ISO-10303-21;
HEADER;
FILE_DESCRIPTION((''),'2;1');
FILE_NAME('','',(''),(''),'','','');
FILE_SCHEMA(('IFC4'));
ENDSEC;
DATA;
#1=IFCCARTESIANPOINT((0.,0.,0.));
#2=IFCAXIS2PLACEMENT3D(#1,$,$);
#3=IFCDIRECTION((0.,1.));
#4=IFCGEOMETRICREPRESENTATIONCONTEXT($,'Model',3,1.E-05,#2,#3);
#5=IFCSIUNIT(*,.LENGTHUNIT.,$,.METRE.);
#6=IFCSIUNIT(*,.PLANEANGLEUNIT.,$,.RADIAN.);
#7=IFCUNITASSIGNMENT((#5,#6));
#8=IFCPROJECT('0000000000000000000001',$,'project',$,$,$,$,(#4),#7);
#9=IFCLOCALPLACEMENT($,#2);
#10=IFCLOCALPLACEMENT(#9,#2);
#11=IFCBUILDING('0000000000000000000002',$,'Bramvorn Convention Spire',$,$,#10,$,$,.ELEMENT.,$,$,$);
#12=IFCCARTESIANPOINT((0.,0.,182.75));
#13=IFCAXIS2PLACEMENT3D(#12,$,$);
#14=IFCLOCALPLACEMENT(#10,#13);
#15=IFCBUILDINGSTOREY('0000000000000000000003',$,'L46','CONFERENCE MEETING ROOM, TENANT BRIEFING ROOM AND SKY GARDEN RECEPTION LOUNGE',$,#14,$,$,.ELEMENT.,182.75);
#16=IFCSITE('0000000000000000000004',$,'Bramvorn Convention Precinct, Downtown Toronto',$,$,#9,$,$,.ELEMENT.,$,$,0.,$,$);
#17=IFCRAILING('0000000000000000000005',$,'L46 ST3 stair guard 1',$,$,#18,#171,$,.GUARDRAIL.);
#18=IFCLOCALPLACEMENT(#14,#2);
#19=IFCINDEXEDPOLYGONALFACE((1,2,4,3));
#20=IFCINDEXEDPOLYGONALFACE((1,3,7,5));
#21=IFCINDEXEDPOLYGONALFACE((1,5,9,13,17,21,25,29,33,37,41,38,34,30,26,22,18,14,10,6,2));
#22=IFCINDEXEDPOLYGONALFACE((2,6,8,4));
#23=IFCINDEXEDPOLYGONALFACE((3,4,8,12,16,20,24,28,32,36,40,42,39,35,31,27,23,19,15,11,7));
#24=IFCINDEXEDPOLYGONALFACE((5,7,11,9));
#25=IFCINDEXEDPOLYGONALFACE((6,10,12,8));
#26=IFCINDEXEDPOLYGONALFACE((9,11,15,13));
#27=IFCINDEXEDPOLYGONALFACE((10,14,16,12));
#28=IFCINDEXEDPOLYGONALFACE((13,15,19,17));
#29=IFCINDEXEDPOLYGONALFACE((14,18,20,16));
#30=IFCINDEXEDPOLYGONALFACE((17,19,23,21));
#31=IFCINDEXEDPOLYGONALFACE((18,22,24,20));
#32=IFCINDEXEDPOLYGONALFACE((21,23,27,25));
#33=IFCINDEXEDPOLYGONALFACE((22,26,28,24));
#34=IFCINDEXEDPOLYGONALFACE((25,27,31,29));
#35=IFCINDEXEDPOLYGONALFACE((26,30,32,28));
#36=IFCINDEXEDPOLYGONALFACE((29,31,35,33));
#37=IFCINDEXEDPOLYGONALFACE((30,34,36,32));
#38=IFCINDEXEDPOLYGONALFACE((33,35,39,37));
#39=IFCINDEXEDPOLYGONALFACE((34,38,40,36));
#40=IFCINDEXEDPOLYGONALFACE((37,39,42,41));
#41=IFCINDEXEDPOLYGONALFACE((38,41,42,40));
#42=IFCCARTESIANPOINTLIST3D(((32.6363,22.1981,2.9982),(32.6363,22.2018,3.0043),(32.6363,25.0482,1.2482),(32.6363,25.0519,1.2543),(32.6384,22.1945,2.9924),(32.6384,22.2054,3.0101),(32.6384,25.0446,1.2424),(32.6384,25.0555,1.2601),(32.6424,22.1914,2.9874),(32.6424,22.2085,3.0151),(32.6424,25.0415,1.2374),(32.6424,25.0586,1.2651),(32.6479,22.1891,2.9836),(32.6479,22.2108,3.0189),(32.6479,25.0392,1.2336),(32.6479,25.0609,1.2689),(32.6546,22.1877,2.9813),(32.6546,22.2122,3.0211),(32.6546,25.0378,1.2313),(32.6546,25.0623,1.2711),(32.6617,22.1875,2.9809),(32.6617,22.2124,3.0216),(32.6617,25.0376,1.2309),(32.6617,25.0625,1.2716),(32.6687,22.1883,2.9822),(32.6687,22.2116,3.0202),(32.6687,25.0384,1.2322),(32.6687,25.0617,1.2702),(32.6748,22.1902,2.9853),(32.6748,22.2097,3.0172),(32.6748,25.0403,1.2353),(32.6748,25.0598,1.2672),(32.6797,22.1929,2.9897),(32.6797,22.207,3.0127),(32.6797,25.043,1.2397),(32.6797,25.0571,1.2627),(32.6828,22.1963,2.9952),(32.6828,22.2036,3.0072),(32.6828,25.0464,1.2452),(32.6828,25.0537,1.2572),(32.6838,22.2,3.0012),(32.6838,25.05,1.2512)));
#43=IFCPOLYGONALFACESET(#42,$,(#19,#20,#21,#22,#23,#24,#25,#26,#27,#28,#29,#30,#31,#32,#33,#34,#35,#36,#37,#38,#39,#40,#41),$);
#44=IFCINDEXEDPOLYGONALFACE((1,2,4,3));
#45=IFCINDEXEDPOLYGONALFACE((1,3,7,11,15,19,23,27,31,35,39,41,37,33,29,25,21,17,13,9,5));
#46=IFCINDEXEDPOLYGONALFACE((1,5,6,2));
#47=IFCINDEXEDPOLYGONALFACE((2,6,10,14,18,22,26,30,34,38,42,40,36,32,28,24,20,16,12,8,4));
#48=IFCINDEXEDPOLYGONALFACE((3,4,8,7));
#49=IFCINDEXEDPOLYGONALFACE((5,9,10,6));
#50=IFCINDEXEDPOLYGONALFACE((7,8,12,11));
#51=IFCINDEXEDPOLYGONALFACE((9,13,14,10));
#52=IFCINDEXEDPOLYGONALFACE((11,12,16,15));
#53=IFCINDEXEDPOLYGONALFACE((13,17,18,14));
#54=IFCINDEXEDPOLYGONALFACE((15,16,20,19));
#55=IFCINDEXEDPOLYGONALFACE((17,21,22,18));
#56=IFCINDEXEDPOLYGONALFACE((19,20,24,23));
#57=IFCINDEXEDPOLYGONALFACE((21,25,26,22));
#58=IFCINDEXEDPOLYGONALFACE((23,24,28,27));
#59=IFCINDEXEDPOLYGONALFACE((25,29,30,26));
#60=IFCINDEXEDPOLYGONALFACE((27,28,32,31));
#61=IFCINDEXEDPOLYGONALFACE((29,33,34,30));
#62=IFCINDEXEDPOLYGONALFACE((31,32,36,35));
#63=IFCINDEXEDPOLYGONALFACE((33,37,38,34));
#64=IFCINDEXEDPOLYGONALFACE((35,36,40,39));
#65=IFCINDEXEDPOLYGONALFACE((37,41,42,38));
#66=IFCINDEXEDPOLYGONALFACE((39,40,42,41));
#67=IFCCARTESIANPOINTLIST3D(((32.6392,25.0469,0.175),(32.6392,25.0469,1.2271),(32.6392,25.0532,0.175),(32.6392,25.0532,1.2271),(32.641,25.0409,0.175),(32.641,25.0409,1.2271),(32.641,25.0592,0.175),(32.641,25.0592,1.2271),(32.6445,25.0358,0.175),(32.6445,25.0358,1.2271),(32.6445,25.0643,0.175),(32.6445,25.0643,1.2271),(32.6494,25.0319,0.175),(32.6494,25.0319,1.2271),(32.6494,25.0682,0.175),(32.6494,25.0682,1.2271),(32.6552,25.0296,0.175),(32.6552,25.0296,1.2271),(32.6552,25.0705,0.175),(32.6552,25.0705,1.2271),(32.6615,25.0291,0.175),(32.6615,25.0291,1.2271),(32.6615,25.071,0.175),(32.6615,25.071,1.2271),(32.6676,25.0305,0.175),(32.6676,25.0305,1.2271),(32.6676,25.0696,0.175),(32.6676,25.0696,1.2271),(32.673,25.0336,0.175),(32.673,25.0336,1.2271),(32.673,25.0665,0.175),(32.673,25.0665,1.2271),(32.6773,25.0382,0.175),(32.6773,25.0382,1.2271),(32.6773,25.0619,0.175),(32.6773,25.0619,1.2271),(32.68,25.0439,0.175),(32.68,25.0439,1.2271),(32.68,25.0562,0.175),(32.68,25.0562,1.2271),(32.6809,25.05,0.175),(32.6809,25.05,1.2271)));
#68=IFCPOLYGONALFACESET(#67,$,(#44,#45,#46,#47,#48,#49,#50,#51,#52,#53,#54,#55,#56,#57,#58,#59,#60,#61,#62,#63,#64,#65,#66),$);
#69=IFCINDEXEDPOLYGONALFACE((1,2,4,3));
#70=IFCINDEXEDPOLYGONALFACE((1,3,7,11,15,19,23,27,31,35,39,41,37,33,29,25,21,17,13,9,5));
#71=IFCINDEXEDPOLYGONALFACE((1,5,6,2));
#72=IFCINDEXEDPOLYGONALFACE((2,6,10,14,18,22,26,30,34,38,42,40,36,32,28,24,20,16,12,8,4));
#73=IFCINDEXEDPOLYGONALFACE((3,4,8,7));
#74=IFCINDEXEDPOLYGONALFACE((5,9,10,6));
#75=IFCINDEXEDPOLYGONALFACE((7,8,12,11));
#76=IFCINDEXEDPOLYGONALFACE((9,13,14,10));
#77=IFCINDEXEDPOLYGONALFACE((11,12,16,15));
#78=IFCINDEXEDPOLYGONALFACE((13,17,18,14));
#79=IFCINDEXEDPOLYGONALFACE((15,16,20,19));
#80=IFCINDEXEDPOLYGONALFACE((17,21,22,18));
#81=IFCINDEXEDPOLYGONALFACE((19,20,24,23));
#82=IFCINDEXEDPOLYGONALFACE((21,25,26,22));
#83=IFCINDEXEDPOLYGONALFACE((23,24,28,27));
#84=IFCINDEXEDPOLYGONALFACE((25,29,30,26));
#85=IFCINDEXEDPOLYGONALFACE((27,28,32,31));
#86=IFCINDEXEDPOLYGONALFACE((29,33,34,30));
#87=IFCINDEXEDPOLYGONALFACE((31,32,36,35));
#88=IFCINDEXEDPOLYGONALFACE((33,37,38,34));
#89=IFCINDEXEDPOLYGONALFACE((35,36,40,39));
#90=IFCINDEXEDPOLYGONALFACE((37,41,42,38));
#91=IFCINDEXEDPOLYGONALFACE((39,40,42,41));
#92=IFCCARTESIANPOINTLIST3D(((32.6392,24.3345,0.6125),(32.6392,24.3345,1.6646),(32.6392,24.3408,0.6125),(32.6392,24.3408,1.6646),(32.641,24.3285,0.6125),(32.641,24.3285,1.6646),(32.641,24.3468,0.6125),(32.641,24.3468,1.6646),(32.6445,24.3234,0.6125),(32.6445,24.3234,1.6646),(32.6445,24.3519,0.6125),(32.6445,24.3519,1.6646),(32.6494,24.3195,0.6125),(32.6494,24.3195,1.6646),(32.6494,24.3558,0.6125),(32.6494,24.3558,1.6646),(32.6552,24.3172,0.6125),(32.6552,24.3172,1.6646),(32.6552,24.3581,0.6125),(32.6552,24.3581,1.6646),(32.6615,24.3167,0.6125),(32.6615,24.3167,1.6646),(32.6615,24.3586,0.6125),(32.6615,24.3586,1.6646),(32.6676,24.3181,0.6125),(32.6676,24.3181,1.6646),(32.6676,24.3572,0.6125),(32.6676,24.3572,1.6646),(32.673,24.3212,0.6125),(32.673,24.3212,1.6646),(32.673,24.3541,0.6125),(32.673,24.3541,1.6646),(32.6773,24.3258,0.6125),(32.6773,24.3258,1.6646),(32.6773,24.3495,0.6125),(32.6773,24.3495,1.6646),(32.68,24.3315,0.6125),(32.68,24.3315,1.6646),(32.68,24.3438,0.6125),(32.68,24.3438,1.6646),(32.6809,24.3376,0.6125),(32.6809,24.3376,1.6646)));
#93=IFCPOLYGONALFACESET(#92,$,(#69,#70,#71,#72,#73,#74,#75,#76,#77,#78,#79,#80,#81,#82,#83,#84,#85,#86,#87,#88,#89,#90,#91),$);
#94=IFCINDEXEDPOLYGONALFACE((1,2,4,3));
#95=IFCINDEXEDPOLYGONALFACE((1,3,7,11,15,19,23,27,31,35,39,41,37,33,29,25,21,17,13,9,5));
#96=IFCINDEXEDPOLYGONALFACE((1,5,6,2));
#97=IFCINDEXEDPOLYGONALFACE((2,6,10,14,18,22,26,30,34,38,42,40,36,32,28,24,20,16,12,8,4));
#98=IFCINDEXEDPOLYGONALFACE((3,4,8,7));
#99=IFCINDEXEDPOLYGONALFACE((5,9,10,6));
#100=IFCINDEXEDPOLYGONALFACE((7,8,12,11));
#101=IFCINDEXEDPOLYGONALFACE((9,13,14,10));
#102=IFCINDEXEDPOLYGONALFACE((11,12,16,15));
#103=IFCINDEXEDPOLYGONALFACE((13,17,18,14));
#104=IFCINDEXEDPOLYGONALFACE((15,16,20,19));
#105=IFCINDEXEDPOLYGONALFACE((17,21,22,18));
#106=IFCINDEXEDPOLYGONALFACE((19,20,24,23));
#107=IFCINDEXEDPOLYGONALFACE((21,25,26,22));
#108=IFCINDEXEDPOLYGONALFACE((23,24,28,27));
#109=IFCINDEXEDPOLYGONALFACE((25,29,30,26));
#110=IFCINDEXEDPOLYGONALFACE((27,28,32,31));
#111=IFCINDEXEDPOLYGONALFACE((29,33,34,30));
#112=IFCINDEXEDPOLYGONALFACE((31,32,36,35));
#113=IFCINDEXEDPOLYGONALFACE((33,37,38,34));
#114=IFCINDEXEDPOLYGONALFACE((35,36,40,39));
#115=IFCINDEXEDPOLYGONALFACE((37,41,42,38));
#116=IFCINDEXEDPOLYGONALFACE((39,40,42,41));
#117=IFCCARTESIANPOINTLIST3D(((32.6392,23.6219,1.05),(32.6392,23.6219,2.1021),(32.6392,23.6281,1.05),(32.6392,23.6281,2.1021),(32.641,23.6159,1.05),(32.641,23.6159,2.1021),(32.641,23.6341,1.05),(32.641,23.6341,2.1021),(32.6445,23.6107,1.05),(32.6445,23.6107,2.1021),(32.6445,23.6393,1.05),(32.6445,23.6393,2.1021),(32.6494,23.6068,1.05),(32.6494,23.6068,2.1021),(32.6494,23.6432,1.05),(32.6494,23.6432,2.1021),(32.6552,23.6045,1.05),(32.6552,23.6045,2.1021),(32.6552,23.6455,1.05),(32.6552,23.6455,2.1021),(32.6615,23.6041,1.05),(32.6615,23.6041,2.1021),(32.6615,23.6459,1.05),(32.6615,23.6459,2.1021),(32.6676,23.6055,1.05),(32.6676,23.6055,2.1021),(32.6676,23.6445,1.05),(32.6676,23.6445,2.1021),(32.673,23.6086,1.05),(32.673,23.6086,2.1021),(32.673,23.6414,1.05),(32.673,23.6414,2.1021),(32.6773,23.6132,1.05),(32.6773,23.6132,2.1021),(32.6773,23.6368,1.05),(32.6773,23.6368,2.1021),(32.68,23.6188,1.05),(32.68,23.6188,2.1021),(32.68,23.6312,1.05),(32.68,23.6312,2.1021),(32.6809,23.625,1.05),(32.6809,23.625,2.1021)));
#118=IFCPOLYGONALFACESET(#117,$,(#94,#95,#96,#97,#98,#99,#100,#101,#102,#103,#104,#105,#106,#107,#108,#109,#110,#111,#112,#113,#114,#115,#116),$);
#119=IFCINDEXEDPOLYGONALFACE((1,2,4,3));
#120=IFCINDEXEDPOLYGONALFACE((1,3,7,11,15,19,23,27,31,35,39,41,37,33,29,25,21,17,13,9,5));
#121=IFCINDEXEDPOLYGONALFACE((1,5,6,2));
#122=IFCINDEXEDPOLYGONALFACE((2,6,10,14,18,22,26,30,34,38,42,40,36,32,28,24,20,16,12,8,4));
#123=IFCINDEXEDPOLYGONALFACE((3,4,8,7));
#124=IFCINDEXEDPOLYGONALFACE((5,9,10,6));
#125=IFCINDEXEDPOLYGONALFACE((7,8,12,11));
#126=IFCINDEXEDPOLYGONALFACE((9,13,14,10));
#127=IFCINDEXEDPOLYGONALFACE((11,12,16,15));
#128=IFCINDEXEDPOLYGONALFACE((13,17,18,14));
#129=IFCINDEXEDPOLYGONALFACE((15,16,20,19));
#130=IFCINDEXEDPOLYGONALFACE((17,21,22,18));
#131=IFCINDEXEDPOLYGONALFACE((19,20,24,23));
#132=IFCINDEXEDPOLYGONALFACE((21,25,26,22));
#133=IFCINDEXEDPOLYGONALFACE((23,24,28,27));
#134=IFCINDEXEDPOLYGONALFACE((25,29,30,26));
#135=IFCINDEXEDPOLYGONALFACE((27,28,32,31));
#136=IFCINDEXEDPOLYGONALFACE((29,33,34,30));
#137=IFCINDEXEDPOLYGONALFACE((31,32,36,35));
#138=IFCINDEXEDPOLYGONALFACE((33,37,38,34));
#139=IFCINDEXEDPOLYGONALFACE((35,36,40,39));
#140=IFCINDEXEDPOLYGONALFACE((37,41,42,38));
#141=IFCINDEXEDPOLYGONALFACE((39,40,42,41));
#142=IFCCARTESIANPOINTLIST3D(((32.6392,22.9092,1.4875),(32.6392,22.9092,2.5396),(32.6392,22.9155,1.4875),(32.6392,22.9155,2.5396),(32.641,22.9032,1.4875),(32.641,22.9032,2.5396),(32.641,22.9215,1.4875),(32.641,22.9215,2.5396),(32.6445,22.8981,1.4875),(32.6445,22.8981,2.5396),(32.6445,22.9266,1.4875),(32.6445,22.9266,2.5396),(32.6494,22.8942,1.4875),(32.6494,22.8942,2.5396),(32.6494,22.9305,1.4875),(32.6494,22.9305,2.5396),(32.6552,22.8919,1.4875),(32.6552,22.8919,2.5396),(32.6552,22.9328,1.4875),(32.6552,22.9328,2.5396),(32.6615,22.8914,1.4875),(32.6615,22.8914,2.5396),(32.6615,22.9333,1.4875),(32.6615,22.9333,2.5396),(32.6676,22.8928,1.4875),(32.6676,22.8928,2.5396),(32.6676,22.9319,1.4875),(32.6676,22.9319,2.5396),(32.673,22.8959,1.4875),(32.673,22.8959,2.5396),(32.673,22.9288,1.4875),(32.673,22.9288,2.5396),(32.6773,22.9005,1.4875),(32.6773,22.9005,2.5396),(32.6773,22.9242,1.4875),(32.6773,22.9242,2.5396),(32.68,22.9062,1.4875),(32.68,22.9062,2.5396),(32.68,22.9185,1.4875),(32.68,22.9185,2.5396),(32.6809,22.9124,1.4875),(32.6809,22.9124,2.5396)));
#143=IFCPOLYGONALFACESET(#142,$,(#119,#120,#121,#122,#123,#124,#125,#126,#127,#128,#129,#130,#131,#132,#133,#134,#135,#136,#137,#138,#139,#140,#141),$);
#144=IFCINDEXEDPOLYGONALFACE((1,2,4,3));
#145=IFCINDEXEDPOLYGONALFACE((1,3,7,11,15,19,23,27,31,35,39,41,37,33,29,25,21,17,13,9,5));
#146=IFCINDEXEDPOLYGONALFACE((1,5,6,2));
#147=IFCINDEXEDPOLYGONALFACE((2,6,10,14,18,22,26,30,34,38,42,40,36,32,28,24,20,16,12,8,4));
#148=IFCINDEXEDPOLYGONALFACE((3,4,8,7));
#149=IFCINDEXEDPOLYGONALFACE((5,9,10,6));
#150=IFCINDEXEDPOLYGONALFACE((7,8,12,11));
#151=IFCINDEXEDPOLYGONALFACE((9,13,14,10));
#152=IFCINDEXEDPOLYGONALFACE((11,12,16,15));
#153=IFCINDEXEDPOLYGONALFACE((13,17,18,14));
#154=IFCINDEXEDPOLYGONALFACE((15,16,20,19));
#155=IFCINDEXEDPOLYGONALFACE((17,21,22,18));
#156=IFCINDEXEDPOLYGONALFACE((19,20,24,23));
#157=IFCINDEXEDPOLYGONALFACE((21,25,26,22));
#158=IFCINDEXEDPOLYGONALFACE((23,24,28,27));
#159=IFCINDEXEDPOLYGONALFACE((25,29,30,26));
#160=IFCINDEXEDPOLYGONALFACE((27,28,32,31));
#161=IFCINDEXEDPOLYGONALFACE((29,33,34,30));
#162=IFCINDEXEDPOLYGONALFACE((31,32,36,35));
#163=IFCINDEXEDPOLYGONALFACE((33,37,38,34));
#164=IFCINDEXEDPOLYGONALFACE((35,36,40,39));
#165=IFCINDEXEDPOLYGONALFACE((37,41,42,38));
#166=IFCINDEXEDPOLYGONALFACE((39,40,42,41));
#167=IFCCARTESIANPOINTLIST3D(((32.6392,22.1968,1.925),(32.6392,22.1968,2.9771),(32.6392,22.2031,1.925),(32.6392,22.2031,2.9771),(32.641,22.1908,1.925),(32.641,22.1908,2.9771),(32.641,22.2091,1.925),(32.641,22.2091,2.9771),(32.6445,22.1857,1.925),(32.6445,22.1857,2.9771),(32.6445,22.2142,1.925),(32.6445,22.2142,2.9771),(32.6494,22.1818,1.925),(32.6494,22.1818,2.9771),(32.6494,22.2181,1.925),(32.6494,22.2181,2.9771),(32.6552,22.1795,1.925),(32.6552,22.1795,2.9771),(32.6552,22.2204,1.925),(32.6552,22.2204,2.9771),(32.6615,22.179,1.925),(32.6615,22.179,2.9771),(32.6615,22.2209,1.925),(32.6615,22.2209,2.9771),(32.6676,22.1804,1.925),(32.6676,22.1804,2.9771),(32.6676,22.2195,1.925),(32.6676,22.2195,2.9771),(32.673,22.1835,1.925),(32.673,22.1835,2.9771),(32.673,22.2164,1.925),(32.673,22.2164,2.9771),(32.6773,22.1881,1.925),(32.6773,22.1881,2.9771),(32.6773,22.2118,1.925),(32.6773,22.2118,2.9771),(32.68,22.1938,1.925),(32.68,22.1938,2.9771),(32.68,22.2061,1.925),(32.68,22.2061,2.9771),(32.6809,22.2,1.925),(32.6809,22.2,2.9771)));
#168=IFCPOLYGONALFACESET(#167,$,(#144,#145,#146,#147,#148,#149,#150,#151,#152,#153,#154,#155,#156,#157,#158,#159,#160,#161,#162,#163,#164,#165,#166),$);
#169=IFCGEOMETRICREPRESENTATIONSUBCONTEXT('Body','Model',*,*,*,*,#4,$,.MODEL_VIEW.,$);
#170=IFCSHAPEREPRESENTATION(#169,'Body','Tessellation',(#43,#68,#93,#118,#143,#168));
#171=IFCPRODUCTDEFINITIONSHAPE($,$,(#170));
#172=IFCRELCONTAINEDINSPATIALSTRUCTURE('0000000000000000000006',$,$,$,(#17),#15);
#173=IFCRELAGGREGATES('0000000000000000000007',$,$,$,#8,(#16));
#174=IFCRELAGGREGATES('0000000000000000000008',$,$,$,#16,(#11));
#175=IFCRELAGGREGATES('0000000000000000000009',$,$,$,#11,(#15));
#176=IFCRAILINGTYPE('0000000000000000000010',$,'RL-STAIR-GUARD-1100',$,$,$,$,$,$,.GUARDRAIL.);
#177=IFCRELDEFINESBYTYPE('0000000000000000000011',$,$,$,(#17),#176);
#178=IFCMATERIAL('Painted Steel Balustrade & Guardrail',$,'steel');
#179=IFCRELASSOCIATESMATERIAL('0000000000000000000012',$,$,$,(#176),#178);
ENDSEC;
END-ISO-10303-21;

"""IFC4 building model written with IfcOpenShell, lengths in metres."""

from ifc_helpers import new_model, si_unit, direction, frame, origin, origin_2d, place, context, subcontext, project, spatial, circle, extrude, material, type_object, element, save


model = new_model("IFC4")

# Units and contexts
model_context = context("Model", 3, precision=1e-05, world=origin(), true_north=direction((0.0, 1.0)))
body_context = subcontext(model_context, "Body", "Model", "MODEL_VIEW")
ifc_project = project(units=[si_unit("LENGTHUNIT", "METRE"), si_unit("PLANEANGLEUNIT", "RADIAN")], contexts=[model_context])

# Site, building, storey
site_placement = place(None, origin())
site = spatial("IfcSite", under=ifc_project, at=site_placement, Name="Bramvorn Convention Precinct, Downtown Toronto", CompositionType="ELEMENT", RefElevation=0.0)
building_placement = place(site_placement, origin())
building = spatial("IfcBuilding", under=site, at=building_placement, Name="Bramvorn Convention Spire", CompositionType="ELEMENT")
storey_placement = place(building_placement, frame((0.0, 0.0, 182.75)))
storey = spatial("IfcBuildingStorey", under=building, at=storey_placement, Name="L46", Description="CONFERENCE MEETING ROOM, TENANT BRIEFING ROOM AND SKY GARDEN RECEPTION LOUNGE", CompositionType="ELEMENT", Elevation=182.75)

# Railing
ifc_material_1 = material(Name="Painted Steel Balustrade & Guardrail", Category="steel")
railing_type = type_object("IfcRailingType", Name="RL-STAIR-GUARD-1100", PredefinedType="GUARDRAIL", material=ifc_material_1)
railing_1_placement = place(storey_placement, frame((32.6599, 25.05, 0.175)))
element("IfcRailing", 1, at=railing_1_placement, inside=storey, type_object=railing_type, Name="L46 ST3 stair guard 1", PredefinedType="GUARDRAIL", context=body_context, shape_type="SweptSolid", body=[
    extrude(circle(Radius=0.0239, at=origin_2d()), frame((0.0, 0.0, 1.0762), z_axis=(0.0, -0.852179, 0.52325), x_axis=(1.0, 0.0, 0.0)), (0.0, 0.0, 1.0), 3.3445),
    extrude(circle(Radius=0.021, at=origin_2d()), origin(), (0.0, 0.0, 1.0), 1.052),
    extrude(circle(Radius=0.021, at=origin_2d()), frame((0.0, -0.7124, 0.4375)), (0.0, 0.0, 1.0), 1.052),
    extrude(circle(Radius=0.021, at=origin_2d()), frame((0.0, -1.425, 0.875)), (0.0, 0.0, 1.0), 1.052),
    extrude(circle(Radius=0.021, at=origin_2d()), frame((0.0, -2.1377, 1.3125)), (0.0, 0.0, 1.0), 1.052),
    extrude(circle(Radius=0.021, at=origin_2d()), frame((0.0, -2.8501, 1.75)), (0.0, 0.0, 1.0), 1.052),
])

save(model, "model.ifc")
